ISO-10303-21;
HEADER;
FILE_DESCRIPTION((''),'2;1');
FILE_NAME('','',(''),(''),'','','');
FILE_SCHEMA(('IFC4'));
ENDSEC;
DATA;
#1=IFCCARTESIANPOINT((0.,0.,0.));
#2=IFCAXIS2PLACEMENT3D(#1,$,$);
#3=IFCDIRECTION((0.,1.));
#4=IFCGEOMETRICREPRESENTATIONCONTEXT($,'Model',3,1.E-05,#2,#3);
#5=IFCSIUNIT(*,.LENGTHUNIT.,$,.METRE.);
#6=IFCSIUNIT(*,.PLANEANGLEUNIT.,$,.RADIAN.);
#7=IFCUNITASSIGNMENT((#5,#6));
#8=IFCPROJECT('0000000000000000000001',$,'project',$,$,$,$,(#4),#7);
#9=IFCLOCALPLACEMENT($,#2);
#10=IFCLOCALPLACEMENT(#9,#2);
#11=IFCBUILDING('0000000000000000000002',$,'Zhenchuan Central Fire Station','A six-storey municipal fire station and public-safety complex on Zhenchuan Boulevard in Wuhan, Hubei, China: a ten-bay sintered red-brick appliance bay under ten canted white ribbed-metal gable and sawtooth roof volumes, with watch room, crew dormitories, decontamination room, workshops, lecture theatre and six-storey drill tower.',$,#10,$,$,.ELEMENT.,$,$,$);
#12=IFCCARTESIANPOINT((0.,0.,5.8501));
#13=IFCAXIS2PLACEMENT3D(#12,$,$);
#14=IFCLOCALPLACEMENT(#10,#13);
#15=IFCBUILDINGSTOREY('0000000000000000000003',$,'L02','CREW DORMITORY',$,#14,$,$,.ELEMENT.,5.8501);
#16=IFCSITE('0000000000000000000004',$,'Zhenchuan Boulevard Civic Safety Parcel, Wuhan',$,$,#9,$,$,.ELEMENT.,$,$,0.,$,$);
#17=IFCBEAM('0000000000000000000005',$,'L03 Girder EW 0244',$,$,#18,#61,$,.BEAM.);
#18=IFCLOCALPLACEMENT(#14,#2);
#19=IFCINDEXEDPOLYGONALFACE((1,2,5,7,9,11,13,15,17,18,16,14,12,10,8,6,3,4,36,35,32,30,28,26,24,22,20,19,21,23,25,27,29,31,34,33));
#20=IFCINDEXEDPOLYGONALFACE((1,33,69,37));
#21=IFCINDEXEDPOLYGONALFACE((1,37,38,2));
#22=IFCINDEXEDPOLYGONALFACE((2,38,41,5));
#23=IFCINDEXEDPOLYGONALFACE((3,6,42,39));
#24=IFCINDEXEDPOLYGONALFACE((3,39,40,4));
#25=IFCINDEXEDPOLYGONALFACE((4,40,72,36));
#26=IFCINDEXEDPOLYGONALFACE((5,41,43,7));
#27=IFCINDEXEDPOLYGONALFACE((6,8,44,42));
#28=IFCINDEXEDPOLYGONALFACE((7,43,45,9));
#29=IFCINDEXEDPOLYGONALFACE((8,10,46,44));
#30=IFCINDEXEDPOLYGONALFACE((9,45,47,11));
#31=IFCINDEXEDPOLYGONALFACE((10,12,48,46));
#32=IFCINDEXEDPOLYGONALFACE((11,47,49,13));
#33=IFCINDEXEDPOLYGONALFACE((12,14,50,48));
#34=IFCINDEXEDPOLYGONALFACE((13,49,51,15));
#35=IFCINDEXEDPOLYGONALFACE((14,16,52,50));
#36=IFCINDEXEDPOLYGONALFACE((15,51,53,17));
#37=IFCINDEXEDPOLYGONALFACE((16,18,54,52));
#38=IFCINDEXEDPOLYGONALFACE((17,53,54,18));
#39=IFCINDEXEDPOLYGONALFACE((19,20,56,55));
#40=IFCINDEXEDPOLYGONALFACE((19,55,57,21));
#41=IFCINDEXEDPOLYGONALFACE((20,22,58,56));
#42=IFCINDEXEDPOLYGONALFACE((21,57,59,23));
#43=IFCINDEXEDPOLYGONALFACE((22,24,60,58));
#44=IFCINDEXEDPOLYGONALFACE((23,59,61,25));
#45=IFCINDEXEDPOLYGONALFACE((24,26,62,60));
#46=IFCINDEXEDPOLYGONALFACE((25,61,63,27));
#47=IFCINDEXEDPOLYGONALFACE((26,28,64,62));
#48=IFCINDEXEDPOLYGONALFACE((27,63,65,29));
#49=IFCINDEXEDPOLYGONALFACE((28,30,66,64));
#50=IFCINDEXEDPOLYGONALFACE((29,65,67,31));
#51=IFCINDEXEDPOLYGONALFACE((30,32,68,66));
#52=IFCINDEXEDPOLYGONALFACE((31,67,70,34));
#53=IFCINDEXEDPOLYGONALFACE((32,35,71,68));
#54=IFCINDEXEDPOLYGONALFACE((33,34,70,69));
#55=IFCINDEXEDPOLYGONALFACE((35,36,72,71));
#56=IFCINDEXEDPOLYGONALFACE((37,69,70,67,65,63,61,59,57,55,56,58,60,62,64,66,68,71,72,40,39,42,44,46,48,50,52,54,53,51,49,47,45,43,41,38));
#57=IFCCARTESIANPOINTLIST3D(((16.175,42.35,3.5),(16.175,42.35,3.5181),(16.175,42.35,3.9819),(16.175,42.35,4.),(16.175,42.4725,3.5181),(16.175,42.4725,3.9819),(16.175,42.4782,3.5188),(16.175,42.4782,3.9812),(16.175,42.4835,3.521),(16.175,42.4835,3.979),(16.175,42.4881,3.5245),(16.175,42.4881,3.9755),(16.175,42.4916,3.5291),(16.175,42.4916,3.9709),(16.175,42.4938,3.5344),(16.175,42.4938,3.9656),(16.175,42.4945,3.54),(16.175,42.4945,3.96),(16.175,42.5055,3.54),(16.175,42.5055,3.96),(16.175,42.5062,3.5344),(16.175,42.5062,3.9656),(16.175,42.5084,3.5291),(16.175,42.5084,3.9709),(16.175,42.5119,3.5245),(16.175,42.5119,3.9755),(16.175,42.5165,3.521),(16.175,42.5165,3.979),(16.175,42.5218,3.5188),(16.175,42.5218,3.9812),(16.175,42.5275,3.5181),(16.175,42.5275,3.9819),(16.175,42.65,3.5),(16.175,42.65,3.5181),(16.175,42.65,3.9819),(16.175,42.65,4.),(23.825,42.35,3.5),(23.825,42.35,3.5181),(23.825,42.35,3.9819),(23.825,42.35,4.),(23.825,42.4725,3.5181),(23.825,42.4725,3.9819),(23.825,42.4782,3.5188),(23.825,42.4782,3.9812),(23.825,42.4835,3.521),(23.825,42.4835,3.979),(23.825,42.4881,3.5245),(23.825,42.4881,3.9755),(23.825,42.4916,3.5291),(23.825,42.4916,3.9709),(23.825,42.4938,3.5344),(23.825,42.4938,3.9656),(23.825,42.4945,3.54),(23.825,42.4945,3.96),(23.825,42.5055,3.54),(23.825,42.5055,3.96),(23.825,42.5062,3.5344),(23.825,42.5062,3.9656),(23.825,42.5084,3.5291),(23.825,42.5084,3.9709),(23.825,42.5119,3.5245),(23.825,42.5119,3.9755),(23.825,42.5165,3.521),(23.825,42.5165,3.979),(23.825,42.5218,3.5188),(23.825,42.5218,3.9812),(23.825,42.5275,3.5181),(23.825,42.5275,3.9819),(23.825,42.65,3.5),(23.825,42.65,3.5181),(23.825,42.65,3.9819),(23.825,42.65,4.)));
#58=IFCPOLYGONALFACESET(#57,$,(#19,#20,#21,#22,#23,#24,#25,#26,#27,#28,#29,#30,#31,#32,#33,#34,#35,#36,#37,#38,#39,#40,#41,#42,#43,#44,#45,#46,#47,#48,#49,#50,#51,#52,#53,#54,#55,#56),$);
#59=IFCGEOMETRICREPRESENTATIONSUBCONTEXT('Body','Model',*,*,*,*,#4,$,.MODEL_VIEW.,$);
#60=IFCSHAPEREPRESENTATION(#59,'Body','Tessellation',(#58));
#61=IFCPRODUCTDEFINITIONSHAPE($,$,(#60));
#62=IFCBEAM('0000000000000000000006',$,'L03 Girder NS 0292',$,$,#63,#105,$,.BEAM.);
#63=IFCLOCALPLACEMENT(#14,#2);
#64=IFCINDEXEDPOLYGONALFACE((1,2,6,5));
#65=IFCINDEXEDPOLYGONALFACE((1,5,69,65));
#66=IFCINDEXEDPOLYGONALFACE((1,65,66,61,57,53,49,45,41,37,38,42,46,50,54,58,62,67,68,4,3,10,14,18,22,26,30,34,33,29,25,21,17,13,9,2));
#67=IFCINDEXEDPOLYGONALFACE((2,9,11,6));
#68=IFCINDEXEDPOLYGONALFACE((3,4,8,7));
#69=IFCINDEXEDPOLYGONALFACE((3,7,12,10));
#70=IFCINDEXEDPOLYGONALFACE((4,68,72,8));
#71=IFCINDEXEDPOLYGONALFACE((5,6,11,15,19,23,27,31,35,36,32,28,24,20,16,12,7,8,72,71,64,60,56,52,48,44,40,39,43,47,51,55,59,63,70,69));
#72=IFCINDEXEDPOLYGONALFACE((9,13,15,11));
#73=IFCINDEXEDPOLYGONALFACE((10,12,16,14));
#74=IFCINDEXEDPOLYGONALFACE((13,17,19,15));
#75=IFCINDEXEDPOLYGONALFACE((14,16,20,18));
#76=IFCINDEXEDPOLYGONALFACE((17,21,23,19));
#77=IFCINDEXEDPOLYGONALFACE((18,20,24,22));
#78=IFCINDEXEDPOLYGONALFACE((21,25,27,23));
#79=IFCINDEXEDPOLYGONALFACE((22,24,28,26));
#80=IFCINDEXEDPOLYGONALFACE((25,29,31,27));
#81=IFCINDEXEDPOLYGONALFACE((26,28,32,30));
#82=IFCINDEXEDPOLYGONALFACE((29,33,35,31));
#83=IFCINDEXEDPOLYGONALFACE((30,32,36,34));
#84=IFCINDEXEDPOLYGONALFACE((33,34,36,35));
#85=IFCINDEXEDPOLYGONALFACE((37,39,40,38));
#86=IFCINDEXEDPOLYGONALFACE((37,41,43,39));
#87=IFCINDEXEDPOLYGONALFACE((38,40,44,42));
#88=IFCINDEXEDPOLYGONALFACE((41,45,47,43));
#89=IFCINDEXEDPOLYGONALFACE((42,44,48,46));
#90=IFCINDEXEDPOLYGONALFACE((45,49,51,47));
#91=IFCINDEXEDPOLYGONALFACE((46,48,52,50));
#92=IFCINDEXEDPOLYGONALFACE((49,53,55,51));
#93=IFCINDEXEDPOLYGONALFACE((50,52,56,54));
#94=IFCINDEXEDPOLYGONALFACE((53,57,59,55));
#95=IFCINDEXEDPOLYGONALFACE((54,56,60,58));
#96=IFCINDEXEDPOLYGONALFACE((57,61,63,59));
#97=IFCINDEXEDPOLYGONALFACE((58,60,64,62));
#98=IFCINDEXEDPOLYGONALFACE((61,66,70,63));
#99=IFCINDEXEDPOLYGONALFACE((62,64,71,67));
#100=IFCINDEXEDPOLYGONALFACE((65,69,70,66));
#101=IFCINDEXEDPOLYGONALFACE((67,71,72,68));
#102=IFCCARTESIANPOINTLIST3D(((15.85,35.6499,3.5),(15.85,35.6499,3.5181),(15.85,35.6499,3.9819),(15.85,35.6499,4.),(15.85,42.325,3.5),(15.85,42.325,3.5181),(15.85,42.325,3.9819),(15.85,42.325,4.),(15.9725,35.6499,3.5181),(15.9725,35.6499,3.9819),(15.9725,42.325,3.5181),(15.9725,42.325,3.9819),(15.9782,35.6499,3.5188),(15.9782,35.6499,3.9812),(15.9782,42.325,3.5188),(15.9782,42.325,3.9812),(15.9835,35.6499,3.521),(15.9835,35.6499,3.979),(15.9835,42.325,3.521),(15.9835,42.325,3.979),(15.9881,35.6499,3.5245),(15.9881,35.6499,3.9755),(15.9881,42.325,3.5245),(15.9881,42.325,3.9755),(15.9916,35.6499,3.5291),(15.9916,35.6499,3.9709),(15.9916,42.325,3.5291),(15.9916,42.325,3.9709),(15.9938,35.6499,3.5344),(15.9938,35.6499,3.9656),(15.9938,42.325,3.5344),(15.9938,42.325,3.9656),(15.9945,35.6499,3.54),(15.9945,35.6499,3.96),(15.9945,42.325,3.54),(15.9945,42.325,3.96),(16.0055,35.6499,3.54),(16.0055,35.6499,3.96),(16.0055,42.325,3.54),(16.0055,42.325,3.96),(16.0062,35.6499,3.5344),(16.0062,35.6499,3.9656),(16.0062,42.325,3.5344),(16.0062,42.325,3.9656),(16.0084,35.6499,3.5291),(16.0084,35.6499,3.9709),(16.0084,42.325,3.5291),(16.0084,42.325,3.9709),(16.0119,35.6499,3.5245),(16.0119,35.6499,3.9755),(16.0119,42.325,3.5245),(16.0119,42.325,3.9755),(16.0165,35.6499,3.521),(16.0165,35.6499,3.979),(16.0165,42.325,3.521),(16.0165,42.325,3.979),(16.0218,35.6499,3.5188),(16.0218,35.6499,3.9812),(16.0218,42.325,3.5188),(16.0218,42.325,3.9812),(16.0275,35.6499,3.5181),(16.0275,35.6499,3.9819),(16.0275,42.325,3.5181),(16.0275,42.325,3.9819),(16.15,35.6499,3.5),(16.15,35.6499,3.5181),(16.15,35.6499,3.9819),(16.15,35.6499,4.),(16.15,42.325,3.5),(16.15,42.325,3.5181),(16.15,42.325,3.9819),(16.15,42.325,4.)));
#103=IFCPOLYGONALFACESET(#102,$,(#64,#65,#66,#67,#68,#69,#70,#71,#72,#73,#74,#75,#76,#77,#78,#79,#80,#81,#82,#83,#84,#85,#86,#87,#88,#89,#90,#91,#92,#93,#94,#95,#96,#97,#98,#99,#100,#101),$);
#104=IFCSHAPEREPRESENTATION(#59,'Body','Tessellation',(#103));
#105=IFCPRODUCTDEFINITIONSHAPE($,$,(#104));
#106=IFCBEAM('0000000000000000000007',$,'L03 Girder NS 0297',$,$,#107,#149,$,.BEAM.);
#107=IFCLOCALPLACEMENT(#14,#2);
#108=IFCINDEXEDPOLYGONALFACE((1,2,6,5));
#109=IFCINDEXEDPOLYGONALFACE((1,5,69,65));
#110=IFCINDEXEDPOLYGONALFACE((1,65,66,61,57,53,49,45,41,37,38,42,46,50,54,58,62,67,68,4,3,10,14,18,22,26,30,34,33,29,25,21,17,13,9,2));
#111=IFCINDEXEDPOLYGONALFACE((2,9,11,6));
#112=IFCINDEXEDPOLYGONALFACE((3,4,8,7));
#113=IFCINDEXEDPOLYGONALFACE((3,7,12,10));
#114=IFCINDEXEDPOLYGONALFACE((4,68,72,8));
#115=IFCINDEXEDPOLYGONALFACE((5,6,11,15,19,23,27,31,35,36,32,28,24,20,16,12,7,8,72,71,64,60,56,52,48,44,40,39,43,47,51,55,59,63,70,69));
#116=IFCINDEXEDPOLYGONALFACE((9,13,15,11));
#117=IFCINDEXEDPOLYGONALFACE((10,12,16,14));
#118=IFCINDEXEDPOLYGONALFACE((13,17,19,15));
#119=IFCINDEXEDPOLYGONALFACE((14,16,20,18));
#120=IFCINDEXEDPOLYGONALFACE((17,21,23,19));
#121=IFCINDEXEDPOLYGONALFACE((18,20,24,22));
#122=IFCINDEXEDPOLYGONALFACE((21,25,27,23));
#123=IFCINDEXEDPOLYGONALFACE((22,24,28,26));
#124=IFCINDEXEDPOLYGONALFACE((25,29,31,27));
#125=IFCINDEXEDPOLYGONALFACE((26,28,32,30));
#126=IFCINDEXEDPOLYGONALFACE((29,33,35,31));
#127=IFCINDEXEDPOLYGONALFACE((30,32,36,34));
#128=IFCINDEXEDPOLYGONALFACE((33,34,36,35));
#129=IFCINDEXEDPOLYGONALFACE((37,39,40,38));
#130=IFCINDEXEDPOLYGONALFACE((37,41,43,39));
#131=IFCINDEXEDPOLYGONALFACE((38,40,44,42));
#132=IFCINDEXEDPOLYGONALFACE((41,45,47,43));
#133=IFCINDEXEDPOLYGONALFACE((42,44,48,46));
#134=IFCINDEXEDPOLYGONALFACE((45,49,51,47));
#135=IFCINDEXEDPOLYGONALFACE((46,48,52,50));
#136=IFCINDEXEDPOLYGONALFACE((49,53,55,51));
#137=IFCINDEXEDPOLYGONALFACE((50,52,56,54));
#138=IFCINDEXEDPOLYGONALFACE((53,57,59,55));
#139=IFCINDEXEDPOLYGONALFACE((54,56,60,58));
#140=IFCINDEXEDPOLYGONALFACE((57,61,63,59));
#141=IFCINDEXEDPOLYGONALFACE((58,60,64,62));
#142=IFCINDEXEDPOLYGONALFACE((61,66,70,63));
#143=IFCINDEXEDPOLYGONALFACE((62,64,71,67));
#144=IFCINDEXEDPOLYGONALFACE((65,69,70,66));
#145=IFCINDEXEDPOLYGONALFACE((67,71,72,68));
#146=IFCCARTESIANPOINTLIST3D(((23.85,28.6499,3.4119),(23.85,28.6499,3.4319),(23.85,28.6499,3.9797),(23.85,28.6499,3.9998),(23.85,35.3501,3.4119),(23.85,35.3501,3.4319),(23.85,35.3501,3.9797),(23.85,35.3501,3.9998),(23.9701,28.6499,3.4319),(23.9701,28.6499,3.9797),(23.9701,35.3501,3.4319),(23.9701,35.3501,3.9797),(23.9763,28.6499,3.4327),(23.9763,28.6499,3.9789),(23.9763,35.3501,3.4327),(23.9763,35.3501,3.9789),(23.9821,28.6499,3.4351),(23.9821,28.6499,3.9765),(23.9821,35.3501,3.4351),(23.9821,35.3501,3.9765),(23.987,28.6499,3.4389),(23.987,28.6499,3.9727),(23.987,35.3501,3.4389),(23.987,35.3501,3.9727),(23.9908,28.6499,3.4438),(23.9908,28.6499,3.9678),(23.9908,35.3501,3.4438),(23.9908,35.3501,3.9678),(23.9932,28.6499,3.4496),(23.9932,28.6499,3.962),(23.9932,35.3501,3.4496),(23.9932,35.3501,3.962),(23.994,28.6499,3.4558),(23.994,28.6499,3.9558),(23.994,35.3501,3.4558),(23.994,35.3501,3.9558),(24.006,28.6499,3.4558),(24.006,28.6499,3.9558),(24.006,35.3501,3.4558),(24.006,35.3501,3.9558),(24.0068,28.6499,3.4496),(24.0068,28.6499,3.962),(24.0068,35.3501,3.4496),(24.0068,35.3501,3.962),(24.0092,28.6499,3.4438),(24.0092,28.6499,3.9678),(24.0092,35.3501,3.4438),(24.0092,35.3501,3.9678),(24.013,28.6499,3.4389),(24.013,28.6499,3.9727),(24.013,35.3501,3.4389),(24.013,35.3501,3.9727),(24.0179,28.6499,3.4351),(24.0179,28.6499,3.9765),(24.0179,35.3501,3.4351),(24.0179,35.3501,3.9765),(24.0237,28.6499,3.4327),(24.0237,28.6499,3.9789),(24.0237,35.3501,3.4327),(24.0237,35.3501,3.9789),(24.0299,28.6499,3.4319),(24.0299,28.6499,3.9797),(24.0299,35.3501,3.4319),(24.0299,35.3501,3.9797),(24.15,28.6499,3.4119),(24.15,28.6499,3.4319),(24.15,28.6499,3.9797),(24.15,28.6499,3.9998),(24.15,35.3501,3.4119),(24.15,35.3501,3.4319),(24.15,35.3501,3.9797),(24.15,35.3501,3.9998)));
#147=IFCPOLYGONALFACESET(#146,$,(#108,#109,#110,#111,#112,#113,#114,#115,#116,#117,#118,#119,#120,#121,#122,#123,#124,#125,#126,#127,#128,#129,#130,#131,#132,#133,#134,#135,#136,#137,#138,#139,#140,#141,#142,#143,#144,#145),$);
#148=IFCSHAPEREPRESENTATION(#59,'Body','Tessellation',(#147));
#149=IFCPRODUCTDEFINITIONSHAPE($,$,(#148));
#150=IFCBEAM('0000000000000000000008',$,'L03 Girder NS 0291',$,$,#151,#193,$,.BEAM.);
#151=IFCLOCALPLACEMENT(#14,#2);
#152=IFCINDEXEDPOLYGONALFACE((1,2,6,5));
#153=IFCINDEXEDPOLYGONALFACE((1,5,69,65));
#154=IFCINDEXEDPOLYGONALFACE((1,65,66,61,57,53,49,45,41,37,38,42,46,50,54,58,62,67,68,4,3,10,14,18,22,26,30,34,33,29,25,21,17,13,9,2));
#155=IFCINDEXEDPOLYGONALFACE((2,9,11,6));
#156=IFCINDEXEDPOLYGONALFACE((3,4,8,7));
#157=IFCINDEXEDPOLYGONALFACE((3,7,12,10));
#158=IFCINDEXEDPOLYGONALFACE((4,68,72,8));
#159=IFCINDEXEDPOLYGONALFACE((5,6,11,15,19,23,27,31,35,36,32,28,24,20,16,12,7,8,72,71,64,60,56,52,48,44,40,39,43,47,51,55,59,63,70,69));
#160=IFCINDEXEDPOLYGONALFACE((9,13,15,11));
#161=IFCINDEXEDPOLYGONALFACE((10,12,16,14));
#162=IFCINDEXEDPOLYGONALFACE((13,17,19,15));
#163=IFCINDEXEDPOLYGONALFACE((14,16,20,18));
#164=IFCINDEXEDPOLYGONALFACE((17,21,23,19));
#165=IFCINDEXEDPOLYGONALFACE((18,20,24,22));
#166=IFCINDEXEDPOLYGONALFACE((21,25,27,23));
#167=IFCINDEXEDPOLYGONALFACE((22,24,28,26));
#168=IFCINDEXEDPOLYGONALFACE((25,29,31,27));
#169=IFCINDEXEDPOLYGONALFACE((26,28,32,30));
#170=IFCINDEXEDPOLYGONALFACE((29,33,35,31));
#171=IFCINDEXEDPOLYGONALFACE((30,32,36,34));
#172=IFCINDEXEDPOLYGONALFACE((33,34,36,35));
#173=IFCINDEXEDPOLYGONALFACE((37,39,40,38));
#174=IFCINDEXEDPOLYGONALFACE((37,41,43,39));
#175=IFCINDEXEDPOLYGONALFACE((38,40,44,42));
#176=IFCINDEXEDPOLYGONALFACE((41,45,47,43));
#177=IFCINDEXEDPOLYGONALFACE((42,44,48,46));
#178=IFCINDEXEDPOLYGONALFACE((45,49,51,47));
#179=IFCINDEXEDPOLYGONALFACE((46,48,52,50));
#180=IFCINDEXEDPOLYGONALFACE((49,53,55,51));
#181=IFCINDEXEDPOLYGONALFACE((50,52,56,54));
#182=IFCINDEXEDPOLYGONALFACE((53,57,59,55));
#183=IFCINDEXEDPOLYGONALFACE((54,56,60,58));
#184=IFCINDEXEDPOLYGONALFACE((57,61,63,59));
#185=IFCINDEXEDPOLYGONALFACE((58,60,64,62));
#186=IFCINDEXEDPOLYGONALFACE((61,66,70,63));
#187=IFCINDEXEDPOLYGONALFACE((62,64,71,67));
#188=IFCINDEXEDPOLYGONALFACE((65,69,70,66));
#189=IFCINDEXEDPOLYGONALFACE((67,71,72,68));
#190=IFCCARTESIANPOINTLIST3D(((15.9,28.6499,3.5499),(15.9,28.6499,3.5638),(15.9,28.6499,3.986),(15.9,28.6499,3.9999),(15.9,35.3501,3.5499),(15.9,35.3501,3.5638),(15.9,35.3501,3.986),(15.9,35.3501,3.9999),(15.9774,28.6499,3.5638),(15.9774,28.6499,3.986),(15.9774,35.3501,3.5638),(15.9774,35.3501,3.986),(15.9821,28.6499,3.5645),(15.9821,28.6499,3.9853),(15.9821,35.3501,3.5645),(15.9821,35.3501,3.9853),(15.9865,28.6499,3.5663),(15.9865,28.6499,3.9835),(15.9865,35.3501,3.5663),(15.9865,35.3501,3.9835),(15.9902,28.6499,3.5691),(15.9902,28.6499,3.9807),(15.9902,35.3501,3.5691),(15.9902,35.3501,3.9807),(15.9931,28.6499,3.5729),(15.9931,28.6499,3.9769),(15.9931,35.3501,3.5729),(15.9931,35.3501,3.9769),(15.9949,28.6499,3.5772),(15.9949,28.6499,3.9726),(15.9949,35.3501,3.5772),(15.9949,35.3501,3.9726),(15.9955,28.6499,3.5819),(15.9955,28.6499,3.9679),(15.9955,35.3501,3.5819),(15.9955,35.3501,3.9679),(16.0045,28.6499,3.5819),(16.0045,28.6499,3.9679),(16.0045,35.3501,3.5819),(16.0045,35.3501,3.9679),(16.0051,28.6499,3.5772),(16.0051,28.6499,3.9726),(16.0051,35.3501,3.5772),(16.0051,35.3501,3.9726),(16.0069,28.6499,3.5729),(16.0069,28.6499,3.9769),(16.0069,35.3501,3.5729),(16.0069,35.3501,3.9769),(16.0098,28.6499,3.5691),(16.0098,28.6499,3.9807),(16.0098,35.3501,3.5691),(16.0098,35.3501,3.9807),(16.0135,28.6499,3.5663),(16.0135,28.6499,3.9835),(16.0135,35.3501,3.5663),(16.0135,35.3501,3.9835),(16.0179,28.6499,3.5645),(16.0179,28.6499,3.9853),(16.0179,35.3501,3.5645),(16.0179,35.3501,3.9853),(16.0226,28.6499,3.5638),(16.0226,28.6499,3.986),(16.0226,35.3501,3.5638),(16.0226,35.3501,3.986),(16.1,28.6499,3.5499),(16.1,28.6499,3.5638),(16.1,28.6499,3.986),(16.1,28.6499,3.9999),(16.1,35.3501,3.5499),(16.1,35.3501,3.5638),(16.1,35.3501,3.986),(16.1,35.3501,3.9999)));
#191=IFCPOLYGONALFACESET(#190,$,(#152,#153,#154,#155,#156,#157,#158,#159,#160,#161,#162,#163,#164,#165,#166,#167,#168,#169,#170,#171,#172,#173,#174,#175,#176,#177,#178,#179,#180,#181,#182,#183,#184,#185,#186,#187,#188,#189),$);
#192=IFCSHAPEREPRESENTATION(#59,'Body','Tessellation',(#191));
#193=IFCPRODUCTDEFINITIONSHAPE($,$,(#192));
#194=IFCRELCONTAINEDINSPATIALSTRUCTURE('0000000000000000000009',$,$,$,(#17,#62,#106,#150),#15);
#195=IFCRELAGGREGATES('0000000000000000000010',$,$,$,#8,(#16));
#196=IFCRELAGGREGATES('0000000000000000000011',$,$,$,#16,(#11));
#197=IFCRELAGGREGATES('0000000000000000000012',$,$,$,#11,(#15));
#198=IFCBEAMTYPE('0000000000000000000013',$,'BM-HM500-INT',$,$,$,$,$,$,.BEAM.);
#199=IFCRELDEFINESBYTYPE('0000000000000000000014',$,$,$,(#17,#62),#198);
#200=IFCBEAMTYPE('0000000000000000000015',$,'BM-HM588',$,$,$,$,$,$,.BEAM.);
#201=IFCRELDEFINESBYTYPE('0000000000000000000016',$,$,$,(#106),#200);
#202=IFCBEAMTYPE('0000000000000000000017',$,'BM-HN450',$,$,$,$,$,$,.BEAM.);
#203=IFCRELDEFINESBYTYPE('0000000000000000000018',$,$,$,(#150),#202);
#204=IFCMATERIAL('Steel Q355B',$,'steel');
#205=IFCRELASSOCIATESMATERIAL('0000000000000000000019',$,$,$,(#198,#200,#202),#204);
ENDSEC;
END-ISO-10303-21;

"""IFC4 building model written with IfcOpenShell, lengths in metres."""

from ifc_helpers import new_model, si_unit, direction, frame, origin, origin_2d, place, context, subcontext, project, spatial, i_section, extrude, material, material_profile, profile_set, type_object, element, save


model = new_model("IFC4")

# Units and contexts
model_context = context("Model", 3, precision=1e-05, world=origin(), true_north=direction((0.0, 1.0)))
body_context = subcontext(model_context, "Body", "Model", "MODEL_VIEW")
ifc_project = project(units=[si_unit("LENGTHUNIT", "METRE"), si_unit("PLANEANGLEUNIT", "RADIAN")], contexts=[model_context])

# Site, building, storey
site_placement = place(None, origin())
site = spatial("IfcSite", under=ifc_project, at=site_placement, Name="Zhenchuan Boulevard Civic Safety Parcel, Wuhan", CompositionType="ELEMENT", RefElevation=0.0)
building_placement = place(site_placement, origin())
building = spatial("IfcBuilding", under=site, at=building_placement, Name="Zhenchuan Central Fire Station", Description="A six-storey municipal fire station and public-safety complex on Zhenchuan Boulevard in Wuhan, Hubei, China: a ten-bay sintered red-brick appliance bay under ten canted white ribbed-metal gable and sawtooth roof volumes, with watch room, crew dormitories, decontamination room, workshops, lecture theatre and six-storey drill tower.", CompositionType="ELEMENT")
storey_placement = place(building_placement, frame((0.0, 0.0, 5.8501)))
storey = spatial("IfcBuildingStorey", under=building, at=storey_placement, Name="L02", Description="CREW DORMITORY", CompositionType="ELEMENT", Elevation=5.8501)

# Shared definitions
ifc_material_1 = material(Name="Steel Q355B", Category="steel")

# Beams
ifc_material_profile_1 = material_profile(ifc_material_1, i_section(OverallWidth=0.3, OverallDepth=0.5, WebThickness=0.011, FlangeThickness=0.0181, FilletRadius=0.022, at=origin_2d()), Name="HM 500x300")
ifc_profile_set_1 = profile_set([ifc_material_profile_1], Name="Steel Q355B")
beam_type_1 = type_object("IfcBeamType", Name="BM-HM500-INT", PredefinedType="BEAM", material=ifc_profile_set_1)
beam_1_placement = place(storey_placement, frame((16.175, 42.5, 3.75), z_axis=(1.0, 0.0, 0.0), x_axis=(0.0, 1.0, 0.0)))
element("IfcBeam", 1, at=beam_1_placement, inside=storey, type_object=beam_type_1, Name="L03 Girder EW 0244", PredefinedType="BEAM", context=body_context, shape_type="SweptSolid", body=[
    extrude(i_section(OverallWidth=0.3, OverallDepth=0.5, WebThickness=0.011, FlangeThickness=0.0181, FilletRadius=0.022, at=origin_2d()), origin(), (0.0, 0.0, 1.0), 7.6499),
])
beam_2_placement = place(storey_placement, frame((16.0, 35.6499, 3.75), z_axis=(0.0, 1.0, 0.0), x_axis=(-1.0, 0.0, 0.0)))
element("IfcBeam", 2, at=beam_2_placement, inside=storey, type_object=beam_type_1, Name="L03 Girder NS 0292", PredefinedType="BEAM", context=body_context, shape_type="SweptSolid", body=[
    extrude(i_section(OverallWidth=0.3, OverallDepth=0.5, WebThickness=0.011, FlangeThickness=0.0181, FilletRadius=0.022, at=origin_2d()), origin(), (0.0, 0.0, 1.0), 6.675),
])
ifc_material_profile_2 = material_profile(ifc_material_1, i_section(OverallWidth=0.3, OverallDepth=0.5879, WebThickness=0.012, FlangeThickness=0.02, FilletRadius=0.0239, at=origin_2d()), Name="HM 588x300")
ifc_profile_set_2 = profile_set([ifc_material_profile_2], Name="Steel Q355B")
beam_type_2 = type_object("IfcBeamType", Name="BM-HM588", PredefinedType="BEAM", material=ifc_profile_set_2)
beam_3_placement = place(storey_placement, frame((24.0, 28.6499, 3.7058), z_axis=(0.0, 1.0, 0.0), x_axis=(-1.0, 0.0, 0.0)))
element("IfcBeam", 3, at=beam_3_placement, inside=storey, type_object=beam_type_2, Name="L03 Girder NS 0297", PredefinedType="BEAM", context=body_context, shape_type="SweptSolid", body=[
    extrude(i_section(OverallWidth=0.3, OverallDepth=0.5879, WebThickness=0.012, FlangeThickness=0.02, FilletRadius=0.0239, at=origin_2d()), origin(), (0.0, 0.0, 1.0), 6.7002),
])
ifc_material_profile_3 = material_profile(ifc_material_1, i_section(OverallWidth=0.2, OverallDepth=0.45, WebThickness=0.009, FlangeThickness=0.0139, FilletRadius=0.0181, at=origin_2d()), Name="HN 450x200")
ifc_profile_set_3 = profile_set([ifc_material_profile_3], Name="Steel Q355B")
beam_type_3 = type_object("IfcBeamType", Name="BM-HN450", PredefinedType="BEAM", material=ifc_profile_set_3)
beam_4_placement = place(storey_placement, frame((16.0, 28.6499, 3.7749), z_axis=(0.0, 1.0, 0.0), x_axis=(-1.0, 0.0, 0.0)))
element("IfcBeam", 4, at=beam_4_placement, inside=storey, type_object=beam_type_3, Name="L03 Girder NS 0291", PredefinedType="BEAM", context=body_context, shape_type="SweptSolid", body=[
    extrude(i_section(OverallWidth=0.2, OverallDepth=0.45, WebThickness=0.009, FlangeThickness=0.0139, FilletRadius=0.0181, at=origin_2d()), origin(), (0.0, 0.0, 1.0), 6.7002),
])

save(model, "model.ifc")
